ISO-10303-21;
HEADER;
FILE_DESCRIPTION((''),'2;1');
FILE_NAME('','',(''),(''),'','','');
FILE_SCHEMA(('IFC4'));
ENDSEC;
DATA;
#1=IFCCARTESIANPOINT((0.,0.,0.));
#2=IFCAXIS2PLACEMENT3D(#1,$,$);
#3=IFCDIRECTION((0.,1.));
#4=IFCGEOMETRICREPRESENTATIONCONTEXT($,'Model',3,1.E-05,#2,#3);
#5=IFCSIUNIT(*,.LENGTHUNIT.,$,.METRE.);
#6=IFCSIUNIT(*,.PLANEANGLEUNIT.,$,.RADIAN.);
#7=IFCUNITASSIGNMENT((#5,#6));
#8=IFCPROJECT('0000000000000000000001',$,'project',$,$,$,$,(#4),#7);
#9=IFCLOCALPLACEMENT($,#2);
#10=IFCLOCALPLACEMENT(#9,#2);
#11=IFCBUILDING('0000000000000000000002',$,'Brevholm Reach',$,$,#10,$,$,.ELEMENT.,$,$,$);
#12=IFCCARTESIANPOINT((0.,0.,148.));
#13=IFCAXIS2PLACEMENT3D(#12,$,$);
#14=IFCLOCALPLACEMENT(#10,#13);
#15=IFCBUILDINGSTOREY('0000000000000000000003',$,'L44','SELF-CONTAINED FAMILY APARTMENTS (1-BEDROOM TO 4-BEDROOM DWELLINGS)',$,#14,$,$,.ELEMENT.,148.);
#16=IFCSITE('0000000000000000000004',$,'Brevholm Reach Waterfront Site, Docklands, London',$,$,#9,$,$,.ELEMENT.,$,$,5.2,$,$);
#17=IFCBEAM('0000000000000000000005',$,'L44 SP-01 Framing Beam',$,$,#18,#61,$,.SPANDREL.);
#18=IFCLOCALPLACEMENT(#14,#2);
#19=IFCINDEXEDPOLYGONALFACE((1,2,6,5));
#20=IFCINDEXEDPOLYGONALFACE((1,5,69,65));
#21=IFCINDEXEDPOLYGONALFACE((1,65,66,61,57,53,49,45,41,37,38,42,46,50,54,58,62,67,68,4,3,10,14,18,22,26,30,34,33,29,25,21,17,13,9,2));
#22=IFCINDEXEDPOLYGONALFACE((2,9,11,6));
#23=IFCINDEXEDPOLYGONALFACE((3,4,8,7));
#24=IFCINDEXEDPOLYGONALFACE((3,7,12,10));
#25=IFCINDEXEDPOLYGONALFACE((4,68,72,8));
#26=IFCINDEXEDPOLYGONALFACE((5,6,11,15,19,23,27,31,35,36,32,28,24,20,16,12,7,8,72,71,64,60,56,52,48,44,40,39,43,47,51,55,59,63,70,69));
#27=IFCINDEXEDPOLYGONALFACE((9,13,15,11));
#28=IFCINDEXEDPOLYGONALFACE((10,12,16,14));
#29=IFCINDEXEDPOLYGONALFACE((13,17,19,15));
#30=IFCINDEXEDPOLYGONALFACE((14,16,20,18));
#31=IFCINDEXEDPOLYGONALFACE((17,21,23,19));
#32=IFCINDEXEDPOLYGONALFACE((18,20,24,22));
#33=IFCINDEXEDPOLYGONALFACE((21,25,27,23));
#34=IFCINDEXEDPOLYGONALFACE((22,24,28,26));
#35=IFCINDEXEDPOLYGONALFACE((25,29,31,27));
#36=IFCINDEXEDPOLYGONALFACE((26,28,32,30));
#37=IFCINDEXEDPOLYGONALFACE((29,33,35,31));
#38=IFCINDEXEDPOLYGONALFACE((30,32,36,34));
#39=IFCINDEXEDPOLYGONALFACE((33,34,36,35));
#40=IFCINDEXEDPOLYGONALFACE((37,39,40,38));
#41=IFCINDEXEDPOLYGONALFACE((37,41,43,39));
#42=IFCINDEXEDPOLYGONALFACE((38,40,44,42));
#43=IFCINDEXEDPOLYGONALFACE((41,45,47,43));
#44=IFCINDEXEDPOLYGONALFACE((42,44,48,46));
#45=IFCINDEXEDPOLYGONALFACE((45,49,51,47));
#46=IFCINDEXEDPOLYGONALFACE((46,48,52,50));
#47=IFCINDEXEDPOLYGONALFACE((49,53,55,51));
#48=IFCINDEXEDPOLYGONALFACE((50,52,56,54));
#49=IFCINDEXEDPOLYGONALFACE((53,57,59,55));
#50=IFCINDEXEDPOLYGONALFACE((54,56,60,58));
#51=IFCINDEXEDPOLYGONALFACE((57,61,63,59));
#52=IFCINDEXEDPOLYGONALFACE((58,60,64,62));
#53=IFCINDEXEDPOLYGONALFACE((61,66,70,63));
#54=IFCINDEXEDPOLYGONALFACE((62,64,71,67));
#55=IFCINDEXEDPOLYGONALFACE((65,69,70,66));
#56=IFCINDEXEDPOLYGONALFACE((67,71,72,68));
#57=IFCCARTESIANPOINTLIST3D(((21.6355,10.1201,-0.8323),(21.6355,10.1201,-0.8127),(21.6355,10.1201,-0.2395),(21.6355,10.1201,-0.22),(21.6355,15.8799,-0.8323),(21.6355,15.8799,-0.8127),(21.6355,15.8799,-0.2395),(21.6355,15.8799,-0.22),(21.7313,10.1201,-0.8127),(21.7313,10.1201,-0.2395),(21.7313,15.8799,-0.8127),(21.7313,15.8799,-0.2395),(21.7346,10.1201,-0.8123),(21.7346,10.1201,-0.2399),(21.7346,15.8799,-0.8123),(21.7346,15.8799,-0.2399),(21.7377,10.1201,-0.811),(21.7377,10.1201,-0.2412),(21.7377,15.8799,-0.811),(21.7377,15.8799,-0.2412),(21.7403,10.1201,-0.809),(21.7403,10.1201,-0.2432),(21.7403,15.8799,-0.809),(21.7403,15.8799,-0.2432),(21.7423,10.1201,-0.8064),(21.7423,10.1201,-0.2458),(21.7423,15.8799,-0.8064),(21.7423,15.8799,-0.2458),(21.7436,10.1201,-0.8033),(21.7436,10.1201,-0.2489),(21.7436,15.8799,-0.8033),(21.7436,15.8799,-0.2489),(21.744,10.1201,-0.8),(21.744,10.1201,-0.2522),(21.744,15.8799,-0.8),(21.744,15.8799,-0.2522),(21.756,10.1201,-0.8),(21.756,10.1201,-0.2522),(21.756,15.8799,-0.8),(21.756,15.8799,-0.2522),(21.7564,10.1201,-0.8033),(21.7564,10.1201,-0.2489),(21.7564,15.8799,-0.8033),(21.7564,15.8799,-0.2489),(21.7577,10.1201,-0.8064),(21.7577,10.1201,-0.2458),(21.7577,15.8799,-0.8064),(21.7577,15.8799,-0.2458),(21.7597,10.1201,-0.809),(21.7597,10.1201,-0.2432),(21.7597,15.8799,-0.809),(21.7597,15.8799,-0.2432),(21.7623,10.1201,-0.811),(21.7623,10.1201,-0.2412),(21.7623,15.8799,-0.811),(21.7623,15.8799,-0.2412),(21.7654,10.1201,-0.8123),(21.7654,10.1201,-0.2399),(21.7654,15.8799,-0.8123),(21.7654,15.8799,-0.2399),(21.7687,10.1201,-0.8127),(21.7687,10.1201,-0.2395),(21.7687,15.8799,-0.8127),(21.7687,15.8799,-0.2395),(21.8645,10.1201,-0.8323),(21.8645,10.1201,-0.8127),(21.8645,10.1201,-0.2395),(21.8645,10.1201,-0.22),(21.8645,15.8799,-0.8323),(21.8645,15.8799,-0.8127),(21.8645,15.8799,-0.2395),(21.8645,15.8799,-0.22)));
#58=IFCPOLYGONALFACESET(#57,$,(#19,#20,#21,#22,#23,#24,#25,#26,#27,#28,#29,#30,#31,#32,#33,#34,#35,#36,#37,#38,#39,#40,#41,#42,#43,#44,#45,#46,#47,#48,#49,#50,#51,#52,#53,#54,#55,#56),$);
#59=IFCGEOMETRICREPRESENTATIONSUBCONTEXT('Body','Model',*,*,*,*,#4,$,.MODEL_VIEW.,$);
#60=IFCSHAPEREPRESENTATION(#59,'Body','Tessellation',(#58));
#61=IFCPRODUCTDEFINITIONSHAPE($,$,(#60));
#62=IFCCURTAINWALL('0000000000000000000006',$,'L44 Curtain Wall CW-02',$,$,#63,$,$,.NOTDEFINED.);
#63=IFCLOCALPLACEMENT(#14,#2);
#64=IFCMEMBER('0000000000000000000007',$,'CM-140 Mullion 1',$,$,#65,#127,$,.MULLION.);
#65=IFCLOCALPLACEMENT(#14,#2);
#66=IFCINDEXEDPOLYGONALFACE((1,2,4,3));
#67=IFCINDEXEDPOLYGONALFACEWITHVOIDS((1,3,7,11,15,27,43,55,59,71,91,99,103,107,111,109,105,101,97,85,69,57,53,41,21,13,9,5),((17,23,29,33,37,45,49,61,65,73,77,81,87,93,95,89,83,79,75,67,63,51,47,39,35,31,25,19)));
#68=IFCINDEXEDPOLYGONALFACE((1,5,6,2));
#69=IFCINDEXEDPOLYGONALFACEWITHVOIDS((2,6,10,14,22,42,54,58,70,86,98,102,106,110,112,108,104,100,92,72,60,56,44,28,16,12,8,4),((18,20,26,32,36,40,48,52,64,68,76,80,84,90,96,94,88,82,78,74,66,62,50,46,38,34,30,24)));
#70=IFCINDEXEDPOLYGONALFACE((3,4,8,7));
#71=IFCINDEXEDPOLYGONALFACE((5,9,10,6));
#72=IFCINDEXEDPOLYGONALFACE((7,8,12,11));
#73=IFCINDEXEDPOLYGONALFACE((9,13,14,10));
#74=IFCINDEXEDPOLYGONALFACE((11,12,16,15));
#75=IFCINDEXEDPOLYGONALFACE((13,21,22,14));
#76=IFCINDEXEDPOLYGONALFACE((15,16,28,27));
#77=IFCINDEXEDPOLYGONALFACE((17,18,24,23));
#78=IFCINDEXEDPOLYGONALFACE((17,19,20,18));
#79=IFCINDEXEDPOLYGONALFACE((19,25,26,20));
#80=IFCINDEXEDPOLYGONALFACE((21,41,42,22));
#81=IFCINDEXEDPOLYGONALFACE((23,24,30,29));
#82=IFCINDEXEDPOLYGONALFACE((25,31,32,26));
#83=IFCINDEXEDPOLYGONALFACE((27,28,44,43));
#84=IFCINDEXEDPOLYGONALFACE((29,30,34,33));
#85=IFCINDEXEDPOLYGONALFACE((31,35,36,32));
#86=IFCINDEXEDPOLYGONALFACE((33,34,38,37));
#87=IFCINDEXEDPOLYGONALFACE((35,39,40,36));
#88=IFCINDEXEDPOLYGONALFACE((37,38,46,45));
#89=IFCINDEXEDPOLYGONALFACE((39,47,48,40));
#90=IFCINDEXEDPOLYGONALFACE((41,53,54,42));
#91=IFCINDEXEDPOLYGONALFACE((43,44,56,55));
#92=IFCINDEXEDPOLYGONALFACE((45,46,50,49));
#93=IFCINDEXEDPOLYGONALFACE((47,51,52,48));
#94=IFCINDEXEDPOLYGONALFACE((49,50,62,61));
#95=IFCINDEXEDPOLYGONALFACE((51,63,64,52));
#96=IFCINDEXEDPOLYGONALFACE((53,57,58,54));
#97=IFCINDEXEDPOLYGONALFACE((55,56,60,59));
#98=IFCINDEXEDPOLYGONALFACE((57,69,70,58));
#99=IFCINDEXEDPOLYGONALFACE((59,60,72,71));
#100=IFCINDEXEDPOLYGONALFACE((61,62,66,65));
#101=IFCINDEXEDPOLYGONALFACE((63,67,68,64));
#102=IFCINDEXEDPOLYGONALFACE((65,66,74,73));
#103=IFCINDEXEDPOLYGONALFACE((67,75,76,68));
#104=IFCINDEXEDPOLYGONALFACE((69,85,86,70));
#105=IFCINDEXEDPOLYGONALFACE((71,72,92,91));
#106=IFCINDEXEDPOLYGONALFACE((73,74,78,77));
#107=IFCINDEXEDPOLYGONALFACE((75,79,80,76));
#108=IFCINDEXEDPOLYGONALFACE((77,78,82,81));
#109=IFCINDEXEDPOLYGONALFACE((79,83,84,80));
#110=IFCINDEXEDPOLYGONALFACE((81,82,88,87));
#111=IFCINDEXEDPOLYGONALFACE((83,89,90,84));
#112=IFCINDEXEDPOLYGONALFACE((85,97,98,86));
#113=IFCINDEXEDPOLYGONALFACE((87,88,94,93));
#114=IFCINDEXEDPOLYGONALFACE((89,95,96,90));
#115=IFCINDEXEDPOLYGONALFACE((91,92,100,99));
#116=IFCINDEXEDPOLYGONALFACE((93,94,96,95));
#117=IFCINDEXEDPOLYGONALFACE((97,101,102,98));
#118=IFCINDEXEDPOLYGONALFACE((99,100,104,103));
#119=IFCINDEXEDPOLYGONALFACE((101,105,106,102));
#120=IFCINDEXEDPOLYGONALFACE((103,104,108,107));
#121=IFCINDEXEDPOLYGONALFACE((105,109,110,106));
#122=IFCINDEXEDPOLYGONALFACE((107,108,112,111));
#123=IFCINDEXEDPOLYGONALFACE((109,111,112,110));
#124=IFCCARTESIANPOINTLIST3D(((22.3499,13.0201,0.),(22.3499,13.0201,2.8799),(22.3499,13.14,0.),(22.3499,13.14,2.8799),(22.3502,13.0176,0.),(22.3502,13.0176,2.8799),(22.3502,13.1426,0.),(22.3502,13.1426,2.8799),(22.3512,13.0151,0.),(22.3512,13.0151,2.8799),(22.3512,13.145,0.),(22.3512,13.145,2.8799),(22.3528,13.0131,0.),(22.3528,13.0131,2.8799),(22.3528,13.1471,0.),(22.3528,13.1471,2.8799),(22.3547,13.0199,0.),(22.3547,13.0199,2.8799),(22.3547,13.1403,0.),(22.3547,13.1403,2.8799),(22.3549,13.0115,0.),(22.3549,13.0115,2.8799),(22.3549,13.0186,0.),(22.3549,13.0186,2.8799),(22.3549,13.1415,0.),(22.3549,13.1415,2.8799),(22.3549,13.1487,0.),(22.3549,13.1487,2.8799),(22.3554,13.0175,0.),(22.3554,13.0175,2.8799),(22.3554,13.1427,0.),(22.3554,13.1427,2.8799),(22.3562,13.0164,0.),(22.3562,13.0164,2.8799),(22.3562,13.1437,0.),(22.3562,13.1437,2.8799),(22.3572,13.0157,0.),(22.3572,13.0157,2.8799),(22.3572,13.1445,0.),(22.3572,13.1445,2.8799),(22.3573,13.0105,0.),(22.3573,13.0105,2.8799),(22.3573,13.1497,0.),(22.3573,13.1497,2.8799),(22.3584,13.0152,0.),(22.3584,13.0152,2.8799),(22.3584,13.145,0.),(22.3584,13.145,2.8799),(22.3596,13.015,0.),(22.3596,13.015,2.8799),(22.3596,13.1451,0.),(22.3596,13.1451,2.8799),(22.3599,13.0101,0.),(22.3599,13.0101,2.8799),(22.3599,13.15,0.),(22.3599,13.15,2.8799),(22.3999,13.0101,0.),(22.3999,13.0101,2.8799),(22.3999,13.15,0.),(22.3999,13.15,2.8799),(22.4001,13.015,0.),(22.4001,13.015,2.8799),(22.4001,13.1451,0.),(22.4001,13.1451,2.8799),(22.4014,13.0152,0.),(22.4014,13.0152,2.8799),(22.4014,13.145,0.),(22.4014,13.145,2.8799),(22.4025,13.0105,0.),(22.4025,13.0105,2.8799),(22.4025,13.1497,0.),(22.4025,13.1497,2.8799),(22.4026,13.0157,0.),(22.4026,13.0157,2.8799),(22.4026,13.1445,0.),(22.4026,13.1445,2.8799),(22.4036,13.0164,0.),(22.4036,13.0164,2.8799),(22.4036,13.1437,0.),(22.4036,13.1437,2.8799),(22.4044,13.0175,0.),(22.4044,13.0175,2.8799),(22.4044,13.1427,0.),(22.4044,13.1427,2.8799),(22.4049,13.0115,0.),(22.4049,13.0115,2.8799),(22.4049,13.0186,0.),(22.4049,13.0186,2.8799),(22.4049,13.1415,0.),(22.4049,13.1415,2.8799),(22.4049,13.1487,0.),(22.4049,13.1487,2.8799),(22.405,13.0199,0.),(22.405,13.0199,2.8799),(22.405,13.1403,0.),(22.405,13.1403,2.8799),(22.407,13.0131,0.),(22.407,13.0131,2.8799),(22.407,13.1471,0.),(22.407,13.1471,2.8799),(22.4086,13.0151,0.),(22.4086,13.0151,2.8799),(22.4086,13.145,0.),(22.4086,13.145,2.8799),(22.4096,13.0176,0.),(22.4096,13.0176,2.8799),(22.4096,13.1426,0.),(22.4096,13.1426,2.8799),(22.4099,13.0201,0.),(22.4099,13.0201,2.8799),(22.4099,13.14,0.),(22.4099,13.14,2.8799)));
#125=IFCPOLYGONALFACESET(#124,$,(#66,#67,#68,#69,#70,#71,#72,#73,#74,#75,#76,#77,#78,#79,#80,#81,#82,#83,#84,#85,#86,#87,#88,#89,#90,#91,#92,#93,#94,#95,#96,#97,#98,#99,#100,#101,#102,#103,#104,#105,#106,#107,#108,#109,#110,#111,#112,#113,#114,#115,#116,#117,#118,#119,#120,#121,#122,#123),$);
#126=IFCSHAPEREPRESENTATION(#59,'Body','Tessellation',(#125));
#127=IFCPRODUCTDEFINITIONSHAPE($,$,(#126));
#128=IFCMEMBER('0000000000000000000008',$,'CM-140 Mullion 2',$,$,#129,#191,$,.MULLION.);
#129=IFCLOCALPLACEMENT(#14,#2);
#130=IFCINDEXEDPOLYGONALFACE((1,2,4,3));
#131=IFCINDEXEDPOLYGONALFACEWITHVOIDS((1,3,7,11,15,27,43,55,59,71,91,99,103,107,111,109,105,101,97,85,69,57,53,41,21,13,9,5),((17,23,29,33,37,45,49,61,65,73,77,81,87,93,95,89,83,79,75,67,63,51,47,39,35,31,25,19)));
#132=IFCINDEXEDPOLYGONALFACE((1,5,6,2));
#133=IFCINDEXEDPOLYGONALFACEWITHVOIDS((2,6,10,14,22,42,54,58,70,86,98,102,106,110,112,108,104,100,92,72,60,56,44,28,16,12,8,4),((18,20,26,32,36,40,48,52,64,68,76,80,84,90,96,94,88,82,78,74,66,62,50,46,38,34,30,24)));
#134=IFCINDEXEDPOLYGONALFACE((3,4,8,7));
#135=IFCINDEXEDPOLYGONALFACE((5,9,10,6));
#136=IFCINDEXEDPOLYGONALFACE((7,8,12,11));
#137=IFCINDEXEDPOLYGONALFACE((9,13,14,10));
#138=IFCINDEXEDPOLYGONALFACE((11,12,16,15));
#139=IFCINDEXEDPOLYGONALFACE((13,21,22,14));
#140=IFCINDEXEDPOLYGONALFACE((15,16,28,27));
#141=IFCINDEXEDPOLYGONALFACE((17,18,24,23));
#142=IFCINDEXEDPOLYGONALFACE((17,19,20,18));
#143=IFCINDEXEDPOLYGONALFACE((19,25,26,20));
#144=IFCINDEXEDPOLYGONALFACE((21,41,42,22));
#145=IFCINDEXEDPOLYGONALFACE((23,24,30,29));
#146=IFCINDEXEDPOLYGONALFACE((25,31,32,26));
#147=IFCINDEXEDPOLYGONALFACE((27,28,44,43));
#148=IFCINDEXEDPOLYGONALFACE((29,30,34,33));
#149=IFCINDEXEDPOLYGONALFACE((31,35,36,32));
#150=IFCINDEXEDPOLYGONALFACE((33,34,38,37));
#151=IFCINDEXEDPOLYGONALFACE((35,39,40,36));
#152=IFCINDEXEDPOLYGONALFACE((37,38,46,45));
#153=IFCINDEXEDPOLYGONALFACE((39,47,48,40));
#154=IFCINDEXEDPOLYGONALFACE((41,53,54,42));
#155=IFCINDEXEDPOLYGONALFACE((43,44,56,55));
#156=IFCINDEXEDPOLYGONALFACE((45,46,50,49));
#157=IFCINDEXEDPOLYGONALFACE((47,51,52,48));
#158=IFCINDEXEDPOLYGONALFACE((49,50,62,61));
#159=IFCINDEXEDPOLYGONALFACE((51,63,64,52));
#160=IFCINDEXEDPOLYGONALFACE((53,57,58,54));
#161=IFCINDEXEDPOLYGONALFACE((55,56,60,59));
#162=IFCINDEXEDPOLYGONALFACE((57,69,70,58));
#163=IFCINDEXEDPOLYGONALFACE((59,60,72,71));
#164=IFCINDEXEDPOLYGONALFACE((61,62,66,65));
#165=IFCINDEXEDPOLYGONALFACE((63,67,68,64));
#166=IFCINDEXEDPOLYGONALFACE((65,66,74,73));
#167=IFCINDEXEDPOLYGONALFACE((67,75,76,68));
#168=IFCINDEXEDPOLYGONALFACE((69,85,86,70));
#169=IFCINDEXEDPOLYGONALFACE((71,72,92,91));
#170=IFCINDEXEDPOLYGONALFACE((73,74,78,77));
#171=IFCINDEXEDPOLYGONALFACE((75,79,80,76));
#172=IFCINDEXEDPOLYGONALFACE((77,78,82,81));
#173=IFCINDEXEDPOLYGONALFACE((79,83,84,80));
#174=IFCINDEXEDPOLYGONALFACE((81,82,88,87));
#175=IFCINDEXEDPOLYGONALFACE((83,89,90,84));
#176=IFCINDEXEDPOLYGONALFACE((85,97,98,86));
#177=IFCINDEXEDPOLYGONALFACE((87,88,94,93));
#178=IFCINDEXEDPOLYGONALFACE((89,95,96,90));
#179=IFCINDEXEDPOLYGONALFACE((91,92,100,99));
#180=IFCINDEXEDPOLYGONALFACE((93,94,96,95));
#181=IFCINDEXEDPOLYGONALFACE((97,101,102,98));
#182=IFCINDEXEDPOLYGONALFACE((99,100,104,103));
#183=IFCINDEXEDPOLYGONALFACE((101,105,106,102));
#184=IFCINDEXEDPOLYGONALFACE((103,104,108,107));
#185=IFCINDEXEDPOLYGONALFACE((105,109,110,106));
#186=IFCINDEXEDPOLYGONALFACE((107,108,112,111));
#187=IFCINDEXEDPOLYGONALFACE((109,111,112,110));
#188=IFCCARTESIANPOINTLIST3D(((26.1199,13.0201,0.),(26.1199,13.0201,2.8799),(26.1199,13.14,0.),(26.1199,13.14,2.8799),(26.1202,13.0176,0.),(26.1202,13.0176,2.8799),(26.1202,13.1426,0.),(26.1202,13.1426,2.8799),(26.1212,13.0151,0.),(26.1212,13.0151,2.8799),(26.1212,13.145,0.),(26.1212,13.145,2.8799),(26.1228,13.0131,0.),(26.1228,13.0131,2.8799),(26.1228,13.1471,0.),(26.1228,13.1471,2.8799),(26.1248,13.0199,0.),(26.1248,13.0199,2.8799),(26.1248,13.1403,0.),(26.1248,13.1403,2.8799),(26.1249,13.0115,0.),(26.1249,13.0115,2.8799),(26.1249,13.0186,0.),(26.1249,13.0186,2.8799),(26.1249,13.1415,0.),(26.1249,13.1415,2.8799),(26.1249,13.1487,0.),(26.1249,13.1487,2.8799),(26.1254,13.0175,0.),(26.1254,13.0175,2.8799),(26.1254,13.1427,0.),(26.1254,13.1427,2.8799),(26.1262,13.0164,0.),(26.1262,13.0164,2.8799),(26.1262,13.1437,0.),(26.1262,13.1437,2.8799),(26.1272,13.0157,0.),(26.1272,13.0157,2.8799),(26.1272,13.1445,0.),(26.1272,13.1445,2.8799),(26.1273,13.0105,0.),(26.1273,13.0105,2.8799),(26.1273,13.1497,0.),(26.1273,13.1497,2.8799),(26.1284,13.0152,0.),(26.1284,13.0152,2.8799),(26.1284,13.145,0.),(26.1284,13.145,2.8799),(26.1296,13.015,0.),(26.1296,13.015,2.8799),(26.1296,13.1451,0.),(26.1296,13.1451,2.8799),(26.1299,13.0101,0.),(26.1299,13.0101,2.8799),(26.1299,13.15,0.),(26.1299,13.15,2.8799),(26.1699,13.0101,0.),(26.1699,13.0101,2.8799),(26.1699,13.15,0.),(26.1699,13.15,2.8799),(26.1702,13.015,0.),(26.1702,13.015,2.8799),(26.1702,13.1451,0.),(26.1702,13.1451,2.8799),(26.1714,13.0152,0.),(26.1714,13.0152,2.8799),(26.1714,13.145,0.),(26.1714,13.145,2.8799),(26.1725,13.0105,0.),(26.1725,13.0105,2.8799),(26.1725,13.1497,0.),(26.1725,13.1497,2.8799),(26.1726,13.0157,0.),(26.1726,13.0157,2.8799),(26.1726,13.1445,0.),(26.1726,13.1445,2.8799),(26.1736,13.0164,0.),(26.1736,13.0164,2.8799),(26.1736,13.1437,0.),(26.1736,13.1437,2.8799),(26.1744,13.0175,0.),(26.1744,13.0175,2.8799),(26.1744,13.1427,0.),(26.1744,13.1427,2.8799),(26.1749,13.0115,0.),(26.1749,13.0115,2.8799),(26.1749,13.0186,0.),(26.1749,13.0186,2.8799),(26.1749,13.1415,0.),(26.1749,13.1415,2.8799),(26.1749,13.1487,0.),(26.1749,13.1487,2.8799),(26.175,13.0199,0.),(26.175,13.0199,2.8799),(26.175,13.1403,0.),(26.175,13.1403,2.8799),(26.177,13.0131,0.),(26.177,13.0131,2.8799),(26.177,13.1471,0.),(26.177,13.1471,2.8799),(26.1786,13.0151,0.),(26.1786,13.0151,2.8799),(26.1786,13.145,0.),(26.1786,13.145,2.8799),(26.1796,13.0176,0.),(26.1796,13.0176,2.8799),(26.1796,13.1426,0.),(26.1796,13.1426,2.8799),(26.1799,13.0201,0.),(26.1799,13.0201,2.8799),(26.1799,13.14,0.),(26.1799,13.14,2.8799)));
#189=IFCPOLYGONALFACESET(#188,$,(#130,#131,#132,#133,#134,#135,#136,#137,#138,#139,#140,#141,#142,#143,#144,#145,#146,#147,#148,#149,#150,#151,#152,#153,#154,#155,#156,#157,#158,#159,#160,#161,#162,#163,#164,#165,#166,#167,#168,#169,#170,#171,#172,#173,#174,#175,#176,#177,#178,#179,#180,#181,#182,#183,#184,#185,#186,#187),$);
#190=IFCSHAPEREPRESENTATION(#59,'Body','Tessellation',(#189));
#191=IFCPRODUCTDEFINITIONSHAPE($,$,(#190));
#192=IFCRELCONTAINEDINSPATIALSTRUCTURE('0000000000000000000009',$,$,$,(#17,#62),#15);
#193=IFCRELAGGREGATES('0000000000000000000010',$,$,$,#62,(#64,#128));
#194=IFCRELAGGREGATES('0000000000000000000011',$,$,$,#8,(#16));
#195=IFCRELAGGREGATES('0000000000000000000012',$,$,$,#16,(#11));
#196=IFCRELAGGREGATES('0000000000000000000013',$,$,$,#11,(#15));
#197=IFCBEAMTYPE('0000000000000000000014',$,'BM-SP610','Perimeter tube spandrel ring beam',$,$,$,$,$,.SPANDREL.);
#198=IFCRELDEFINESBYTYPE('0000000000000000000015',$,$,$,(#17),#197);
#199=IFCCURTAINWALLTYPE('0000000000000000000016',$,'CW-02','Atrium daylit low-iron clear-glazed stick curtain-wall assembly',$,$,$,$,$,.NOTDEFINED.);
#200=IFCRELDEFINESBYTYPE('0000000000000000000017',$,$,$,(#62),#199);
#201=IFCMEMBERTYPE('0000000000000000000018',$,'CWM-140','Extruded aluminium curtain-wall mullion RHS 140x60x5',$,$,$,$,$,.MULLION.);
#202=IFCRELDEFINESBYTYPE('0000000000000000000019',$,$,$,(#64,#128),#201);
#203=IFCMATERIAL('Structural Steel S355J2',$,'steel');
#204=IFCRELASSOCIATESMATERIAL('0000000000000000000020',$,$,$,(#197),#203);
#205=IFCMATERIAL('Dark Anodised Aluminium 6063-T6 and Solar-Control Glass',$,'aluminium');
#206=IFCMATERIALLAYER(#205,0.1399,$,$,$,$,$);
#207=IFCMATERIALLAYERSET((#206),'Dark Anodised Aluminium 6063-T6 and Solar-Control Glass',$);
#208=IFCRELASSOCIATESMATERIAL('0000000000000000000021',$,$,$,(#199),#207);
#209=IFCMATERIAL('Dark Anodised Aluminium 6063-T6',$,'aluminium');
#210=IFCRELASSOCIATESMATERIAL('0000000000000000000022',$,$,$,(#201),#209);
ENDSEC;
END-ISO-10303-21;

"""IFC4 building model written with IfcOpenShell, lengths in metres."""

from ifc_helpers import new_model, si_unit, direction, frame, origin, origin_2d, place, context, subcontext, project, spatial, hollow_rectangle, i_section, extrude, material, layer, layer_set, material_profile, profile_set, type_object, element, aggregate, save


model = new_model("IFC4")

# Units and contexts
model_context = context("Model", 3, precision=1e-05, world=origin(), true_north=direction((0.0, 1.0)))
body_context = subcontext(model_context, "Body", "Model", "MODEL_VIEW")
ifc_project = project(units=[si_unit("LENGTHUNIT", "METRE"), si_unit("PLANEANGLEUNIT", "RADIAN")], contexts=[model_context])

# Site, building, storey
site_placement = place(None, origin())
site = spatial("IfcSite", under=ifc_project, at=site_placement, Name="Brevholm Reach Waterfront Site, Docklands, London", CompositionType="ELEMENT", RefElevation=5.2)
building_placement = place(site_placement, origin())
building = spatial("IfcBuilding", under=site, at=building_placement, Name="Brevholm Reach", CompositionType="ELEMENT")
storey_placement = place(building_placement, frame((0.0, 0.0, 148.0)))
storey = spatial("IfcBuildingStorey", under=building, at=storey_placement, Name="L44", Description="SELF-CONTAINED FAMILY APARTMENTS (1-BEDROOM TO 4-BEDROOM DWELLINGS)", CompositionType="ELEMENT", Elevation=148.0)

# Beam
ifc_material_1 = material(Name="Structural Steel S355J2", Category="steel")
ifc_material_profile_1 = material_profile(ifc_material_1, i_section(OverallWidth=0.229, OverallDepth=0.6123, WebThickness=0.012, FlangeThickness=0.0195, FilletRadius=0.0127, at=origin_2d()), Name="UKB 610x229x125")
ifc_profile_set_1 = profile_set([ifc_material_profile_1], Name="Structural Steel S355J2")
beam_type = type_object("IfcBeamType", Name="BM-SP610", Description="Perimeter tube spandrel ring beam", PredefinedType="SPANDREL", material=ifc_profile_set_1)
beam_1_placement = place(storey_placement, frame((21.75, 10.1201, -0.5261), z_axis=(0.0, 1.0, 0.0), x_axis=(-1.0, 0.0, 0.0)))
element("IfcBeam", 1, at=beam_1_placement, inside=storey, type_object=beam_type, Name="L44 SP-01 Framing Beam", PredefinedType="SPANDREL", context=body_context, shape_type="SweptSolid", body=[
    extrude(i_section(OverallWidth=0.229, OverallDepth=0.6123, WebThickness=0.012, FlangeThickness=0.0195, FilletRadius=0.0127, at=origin_2d()), origin(), (0.0, 0.0, 1.0), 5.7598),
])

# Curtain wall, members
ifc_material_2 = material(Name="Dark Anodised Aluminium 6063-T6 and Solar-Control Glass", Category="aluminium")
ifc_layer_1 = layer(ifc_material_2, 0.1399)
ifc_layer_set_1 = layer_set([ifc_layer_1], Name="Dark Anodised Aluminium 6063-T6 and Solar-Control Glass")
curtain_wall_type = type_object("IfcCurtainWallType", Name="CW-02", Description="Atrium daylit low-iron clear-glazed stick curtain-wall assembly", PredefinedType="NOTDEFINED", material=ifc_layer_set_1)
curtain_wall_placement = place(storey_placement, origin())
curtain_wall = element("IfcCurtainWall", 2, at=curtain_wall_placement, inside=storey, type_object=curtain_wall_type, Name="L44 Curtain Wall CW-02", PredefinedType="NOTDEFINED")
ifc_material_3 = material(Name="Dark Anodised Aluminium 6063-T6", Category="aluminium")
ifc_material_profile_2 = material_profile(ifc_material_3, hollow_rectangle(XDim=0.0601, YDim=0.1399, WallThickness=0.0049, InnerFilletRadius=0.0049, OuterFilletRadius=0.01, at=origin_2d()), Name="RHS 140x60x5")
ifc_profile_set_2 = profile_set([ifc_material_profile_2], Name="Dark Anodised Aluminium 6063-T6")
member_type_1 = type_object("IfcMemberType", Name="CWM-140", Description="Extruded aluminium curtain-wall mullion RHS 140x60x5", PredefinedType="MULLION", material=ifc_profile_set_2)
member_1_placement = place(storey_placement, frame((22.3799, 13.0801, 0.0), z_axis=(0.0, 0.0, 1.0), x_axis=(1.0, 0.0, 0.0)))
member_1 = element("IfcMember", 3, at=member_1_placement, type_object=member_type_1, Name="CM-140 Mullion 1", PredefinedType="MULLION", context=body_context, shape_type="SweptSolid", body=[
    extrude(hollow_rectangle(XDim=0.0601, YDim=0.1399, WallThickness=0.0049, InnerFilletRadius=0.0049, OuterFilletRadius=0.01, at=origin_2d()), origin(), (0.0, 0.0, 1.0), 2.8799),
])
member_2_placement = place(storey_placement, frame((26.1499, 13.0801, 0.0), z_axis=(0.0, 0.0, 1.0), x_axis=(1.0, 0.0, 0.0)))
member_2 = element("IfcMember", 4, at=member_2_placement, type_object=member_type_1, Name="CM-140 Mullion 2", PredefinedType="MULLION", context=body_context, shape_type="SweptSolid", body=[
    extrude(hollow_rectangle(XDim=0.0601, YDim=0.1399, WallThickness=0.0049, InnerFilletRadius=0.0049, OuterFilletRadius=0.01, at=origin_2d()), origin(), (0.0, 0.0, 1.0), 2.8799),
])
aggregate(curtain_wall, [member_1, member_2])

save(model, "model.ifc")
